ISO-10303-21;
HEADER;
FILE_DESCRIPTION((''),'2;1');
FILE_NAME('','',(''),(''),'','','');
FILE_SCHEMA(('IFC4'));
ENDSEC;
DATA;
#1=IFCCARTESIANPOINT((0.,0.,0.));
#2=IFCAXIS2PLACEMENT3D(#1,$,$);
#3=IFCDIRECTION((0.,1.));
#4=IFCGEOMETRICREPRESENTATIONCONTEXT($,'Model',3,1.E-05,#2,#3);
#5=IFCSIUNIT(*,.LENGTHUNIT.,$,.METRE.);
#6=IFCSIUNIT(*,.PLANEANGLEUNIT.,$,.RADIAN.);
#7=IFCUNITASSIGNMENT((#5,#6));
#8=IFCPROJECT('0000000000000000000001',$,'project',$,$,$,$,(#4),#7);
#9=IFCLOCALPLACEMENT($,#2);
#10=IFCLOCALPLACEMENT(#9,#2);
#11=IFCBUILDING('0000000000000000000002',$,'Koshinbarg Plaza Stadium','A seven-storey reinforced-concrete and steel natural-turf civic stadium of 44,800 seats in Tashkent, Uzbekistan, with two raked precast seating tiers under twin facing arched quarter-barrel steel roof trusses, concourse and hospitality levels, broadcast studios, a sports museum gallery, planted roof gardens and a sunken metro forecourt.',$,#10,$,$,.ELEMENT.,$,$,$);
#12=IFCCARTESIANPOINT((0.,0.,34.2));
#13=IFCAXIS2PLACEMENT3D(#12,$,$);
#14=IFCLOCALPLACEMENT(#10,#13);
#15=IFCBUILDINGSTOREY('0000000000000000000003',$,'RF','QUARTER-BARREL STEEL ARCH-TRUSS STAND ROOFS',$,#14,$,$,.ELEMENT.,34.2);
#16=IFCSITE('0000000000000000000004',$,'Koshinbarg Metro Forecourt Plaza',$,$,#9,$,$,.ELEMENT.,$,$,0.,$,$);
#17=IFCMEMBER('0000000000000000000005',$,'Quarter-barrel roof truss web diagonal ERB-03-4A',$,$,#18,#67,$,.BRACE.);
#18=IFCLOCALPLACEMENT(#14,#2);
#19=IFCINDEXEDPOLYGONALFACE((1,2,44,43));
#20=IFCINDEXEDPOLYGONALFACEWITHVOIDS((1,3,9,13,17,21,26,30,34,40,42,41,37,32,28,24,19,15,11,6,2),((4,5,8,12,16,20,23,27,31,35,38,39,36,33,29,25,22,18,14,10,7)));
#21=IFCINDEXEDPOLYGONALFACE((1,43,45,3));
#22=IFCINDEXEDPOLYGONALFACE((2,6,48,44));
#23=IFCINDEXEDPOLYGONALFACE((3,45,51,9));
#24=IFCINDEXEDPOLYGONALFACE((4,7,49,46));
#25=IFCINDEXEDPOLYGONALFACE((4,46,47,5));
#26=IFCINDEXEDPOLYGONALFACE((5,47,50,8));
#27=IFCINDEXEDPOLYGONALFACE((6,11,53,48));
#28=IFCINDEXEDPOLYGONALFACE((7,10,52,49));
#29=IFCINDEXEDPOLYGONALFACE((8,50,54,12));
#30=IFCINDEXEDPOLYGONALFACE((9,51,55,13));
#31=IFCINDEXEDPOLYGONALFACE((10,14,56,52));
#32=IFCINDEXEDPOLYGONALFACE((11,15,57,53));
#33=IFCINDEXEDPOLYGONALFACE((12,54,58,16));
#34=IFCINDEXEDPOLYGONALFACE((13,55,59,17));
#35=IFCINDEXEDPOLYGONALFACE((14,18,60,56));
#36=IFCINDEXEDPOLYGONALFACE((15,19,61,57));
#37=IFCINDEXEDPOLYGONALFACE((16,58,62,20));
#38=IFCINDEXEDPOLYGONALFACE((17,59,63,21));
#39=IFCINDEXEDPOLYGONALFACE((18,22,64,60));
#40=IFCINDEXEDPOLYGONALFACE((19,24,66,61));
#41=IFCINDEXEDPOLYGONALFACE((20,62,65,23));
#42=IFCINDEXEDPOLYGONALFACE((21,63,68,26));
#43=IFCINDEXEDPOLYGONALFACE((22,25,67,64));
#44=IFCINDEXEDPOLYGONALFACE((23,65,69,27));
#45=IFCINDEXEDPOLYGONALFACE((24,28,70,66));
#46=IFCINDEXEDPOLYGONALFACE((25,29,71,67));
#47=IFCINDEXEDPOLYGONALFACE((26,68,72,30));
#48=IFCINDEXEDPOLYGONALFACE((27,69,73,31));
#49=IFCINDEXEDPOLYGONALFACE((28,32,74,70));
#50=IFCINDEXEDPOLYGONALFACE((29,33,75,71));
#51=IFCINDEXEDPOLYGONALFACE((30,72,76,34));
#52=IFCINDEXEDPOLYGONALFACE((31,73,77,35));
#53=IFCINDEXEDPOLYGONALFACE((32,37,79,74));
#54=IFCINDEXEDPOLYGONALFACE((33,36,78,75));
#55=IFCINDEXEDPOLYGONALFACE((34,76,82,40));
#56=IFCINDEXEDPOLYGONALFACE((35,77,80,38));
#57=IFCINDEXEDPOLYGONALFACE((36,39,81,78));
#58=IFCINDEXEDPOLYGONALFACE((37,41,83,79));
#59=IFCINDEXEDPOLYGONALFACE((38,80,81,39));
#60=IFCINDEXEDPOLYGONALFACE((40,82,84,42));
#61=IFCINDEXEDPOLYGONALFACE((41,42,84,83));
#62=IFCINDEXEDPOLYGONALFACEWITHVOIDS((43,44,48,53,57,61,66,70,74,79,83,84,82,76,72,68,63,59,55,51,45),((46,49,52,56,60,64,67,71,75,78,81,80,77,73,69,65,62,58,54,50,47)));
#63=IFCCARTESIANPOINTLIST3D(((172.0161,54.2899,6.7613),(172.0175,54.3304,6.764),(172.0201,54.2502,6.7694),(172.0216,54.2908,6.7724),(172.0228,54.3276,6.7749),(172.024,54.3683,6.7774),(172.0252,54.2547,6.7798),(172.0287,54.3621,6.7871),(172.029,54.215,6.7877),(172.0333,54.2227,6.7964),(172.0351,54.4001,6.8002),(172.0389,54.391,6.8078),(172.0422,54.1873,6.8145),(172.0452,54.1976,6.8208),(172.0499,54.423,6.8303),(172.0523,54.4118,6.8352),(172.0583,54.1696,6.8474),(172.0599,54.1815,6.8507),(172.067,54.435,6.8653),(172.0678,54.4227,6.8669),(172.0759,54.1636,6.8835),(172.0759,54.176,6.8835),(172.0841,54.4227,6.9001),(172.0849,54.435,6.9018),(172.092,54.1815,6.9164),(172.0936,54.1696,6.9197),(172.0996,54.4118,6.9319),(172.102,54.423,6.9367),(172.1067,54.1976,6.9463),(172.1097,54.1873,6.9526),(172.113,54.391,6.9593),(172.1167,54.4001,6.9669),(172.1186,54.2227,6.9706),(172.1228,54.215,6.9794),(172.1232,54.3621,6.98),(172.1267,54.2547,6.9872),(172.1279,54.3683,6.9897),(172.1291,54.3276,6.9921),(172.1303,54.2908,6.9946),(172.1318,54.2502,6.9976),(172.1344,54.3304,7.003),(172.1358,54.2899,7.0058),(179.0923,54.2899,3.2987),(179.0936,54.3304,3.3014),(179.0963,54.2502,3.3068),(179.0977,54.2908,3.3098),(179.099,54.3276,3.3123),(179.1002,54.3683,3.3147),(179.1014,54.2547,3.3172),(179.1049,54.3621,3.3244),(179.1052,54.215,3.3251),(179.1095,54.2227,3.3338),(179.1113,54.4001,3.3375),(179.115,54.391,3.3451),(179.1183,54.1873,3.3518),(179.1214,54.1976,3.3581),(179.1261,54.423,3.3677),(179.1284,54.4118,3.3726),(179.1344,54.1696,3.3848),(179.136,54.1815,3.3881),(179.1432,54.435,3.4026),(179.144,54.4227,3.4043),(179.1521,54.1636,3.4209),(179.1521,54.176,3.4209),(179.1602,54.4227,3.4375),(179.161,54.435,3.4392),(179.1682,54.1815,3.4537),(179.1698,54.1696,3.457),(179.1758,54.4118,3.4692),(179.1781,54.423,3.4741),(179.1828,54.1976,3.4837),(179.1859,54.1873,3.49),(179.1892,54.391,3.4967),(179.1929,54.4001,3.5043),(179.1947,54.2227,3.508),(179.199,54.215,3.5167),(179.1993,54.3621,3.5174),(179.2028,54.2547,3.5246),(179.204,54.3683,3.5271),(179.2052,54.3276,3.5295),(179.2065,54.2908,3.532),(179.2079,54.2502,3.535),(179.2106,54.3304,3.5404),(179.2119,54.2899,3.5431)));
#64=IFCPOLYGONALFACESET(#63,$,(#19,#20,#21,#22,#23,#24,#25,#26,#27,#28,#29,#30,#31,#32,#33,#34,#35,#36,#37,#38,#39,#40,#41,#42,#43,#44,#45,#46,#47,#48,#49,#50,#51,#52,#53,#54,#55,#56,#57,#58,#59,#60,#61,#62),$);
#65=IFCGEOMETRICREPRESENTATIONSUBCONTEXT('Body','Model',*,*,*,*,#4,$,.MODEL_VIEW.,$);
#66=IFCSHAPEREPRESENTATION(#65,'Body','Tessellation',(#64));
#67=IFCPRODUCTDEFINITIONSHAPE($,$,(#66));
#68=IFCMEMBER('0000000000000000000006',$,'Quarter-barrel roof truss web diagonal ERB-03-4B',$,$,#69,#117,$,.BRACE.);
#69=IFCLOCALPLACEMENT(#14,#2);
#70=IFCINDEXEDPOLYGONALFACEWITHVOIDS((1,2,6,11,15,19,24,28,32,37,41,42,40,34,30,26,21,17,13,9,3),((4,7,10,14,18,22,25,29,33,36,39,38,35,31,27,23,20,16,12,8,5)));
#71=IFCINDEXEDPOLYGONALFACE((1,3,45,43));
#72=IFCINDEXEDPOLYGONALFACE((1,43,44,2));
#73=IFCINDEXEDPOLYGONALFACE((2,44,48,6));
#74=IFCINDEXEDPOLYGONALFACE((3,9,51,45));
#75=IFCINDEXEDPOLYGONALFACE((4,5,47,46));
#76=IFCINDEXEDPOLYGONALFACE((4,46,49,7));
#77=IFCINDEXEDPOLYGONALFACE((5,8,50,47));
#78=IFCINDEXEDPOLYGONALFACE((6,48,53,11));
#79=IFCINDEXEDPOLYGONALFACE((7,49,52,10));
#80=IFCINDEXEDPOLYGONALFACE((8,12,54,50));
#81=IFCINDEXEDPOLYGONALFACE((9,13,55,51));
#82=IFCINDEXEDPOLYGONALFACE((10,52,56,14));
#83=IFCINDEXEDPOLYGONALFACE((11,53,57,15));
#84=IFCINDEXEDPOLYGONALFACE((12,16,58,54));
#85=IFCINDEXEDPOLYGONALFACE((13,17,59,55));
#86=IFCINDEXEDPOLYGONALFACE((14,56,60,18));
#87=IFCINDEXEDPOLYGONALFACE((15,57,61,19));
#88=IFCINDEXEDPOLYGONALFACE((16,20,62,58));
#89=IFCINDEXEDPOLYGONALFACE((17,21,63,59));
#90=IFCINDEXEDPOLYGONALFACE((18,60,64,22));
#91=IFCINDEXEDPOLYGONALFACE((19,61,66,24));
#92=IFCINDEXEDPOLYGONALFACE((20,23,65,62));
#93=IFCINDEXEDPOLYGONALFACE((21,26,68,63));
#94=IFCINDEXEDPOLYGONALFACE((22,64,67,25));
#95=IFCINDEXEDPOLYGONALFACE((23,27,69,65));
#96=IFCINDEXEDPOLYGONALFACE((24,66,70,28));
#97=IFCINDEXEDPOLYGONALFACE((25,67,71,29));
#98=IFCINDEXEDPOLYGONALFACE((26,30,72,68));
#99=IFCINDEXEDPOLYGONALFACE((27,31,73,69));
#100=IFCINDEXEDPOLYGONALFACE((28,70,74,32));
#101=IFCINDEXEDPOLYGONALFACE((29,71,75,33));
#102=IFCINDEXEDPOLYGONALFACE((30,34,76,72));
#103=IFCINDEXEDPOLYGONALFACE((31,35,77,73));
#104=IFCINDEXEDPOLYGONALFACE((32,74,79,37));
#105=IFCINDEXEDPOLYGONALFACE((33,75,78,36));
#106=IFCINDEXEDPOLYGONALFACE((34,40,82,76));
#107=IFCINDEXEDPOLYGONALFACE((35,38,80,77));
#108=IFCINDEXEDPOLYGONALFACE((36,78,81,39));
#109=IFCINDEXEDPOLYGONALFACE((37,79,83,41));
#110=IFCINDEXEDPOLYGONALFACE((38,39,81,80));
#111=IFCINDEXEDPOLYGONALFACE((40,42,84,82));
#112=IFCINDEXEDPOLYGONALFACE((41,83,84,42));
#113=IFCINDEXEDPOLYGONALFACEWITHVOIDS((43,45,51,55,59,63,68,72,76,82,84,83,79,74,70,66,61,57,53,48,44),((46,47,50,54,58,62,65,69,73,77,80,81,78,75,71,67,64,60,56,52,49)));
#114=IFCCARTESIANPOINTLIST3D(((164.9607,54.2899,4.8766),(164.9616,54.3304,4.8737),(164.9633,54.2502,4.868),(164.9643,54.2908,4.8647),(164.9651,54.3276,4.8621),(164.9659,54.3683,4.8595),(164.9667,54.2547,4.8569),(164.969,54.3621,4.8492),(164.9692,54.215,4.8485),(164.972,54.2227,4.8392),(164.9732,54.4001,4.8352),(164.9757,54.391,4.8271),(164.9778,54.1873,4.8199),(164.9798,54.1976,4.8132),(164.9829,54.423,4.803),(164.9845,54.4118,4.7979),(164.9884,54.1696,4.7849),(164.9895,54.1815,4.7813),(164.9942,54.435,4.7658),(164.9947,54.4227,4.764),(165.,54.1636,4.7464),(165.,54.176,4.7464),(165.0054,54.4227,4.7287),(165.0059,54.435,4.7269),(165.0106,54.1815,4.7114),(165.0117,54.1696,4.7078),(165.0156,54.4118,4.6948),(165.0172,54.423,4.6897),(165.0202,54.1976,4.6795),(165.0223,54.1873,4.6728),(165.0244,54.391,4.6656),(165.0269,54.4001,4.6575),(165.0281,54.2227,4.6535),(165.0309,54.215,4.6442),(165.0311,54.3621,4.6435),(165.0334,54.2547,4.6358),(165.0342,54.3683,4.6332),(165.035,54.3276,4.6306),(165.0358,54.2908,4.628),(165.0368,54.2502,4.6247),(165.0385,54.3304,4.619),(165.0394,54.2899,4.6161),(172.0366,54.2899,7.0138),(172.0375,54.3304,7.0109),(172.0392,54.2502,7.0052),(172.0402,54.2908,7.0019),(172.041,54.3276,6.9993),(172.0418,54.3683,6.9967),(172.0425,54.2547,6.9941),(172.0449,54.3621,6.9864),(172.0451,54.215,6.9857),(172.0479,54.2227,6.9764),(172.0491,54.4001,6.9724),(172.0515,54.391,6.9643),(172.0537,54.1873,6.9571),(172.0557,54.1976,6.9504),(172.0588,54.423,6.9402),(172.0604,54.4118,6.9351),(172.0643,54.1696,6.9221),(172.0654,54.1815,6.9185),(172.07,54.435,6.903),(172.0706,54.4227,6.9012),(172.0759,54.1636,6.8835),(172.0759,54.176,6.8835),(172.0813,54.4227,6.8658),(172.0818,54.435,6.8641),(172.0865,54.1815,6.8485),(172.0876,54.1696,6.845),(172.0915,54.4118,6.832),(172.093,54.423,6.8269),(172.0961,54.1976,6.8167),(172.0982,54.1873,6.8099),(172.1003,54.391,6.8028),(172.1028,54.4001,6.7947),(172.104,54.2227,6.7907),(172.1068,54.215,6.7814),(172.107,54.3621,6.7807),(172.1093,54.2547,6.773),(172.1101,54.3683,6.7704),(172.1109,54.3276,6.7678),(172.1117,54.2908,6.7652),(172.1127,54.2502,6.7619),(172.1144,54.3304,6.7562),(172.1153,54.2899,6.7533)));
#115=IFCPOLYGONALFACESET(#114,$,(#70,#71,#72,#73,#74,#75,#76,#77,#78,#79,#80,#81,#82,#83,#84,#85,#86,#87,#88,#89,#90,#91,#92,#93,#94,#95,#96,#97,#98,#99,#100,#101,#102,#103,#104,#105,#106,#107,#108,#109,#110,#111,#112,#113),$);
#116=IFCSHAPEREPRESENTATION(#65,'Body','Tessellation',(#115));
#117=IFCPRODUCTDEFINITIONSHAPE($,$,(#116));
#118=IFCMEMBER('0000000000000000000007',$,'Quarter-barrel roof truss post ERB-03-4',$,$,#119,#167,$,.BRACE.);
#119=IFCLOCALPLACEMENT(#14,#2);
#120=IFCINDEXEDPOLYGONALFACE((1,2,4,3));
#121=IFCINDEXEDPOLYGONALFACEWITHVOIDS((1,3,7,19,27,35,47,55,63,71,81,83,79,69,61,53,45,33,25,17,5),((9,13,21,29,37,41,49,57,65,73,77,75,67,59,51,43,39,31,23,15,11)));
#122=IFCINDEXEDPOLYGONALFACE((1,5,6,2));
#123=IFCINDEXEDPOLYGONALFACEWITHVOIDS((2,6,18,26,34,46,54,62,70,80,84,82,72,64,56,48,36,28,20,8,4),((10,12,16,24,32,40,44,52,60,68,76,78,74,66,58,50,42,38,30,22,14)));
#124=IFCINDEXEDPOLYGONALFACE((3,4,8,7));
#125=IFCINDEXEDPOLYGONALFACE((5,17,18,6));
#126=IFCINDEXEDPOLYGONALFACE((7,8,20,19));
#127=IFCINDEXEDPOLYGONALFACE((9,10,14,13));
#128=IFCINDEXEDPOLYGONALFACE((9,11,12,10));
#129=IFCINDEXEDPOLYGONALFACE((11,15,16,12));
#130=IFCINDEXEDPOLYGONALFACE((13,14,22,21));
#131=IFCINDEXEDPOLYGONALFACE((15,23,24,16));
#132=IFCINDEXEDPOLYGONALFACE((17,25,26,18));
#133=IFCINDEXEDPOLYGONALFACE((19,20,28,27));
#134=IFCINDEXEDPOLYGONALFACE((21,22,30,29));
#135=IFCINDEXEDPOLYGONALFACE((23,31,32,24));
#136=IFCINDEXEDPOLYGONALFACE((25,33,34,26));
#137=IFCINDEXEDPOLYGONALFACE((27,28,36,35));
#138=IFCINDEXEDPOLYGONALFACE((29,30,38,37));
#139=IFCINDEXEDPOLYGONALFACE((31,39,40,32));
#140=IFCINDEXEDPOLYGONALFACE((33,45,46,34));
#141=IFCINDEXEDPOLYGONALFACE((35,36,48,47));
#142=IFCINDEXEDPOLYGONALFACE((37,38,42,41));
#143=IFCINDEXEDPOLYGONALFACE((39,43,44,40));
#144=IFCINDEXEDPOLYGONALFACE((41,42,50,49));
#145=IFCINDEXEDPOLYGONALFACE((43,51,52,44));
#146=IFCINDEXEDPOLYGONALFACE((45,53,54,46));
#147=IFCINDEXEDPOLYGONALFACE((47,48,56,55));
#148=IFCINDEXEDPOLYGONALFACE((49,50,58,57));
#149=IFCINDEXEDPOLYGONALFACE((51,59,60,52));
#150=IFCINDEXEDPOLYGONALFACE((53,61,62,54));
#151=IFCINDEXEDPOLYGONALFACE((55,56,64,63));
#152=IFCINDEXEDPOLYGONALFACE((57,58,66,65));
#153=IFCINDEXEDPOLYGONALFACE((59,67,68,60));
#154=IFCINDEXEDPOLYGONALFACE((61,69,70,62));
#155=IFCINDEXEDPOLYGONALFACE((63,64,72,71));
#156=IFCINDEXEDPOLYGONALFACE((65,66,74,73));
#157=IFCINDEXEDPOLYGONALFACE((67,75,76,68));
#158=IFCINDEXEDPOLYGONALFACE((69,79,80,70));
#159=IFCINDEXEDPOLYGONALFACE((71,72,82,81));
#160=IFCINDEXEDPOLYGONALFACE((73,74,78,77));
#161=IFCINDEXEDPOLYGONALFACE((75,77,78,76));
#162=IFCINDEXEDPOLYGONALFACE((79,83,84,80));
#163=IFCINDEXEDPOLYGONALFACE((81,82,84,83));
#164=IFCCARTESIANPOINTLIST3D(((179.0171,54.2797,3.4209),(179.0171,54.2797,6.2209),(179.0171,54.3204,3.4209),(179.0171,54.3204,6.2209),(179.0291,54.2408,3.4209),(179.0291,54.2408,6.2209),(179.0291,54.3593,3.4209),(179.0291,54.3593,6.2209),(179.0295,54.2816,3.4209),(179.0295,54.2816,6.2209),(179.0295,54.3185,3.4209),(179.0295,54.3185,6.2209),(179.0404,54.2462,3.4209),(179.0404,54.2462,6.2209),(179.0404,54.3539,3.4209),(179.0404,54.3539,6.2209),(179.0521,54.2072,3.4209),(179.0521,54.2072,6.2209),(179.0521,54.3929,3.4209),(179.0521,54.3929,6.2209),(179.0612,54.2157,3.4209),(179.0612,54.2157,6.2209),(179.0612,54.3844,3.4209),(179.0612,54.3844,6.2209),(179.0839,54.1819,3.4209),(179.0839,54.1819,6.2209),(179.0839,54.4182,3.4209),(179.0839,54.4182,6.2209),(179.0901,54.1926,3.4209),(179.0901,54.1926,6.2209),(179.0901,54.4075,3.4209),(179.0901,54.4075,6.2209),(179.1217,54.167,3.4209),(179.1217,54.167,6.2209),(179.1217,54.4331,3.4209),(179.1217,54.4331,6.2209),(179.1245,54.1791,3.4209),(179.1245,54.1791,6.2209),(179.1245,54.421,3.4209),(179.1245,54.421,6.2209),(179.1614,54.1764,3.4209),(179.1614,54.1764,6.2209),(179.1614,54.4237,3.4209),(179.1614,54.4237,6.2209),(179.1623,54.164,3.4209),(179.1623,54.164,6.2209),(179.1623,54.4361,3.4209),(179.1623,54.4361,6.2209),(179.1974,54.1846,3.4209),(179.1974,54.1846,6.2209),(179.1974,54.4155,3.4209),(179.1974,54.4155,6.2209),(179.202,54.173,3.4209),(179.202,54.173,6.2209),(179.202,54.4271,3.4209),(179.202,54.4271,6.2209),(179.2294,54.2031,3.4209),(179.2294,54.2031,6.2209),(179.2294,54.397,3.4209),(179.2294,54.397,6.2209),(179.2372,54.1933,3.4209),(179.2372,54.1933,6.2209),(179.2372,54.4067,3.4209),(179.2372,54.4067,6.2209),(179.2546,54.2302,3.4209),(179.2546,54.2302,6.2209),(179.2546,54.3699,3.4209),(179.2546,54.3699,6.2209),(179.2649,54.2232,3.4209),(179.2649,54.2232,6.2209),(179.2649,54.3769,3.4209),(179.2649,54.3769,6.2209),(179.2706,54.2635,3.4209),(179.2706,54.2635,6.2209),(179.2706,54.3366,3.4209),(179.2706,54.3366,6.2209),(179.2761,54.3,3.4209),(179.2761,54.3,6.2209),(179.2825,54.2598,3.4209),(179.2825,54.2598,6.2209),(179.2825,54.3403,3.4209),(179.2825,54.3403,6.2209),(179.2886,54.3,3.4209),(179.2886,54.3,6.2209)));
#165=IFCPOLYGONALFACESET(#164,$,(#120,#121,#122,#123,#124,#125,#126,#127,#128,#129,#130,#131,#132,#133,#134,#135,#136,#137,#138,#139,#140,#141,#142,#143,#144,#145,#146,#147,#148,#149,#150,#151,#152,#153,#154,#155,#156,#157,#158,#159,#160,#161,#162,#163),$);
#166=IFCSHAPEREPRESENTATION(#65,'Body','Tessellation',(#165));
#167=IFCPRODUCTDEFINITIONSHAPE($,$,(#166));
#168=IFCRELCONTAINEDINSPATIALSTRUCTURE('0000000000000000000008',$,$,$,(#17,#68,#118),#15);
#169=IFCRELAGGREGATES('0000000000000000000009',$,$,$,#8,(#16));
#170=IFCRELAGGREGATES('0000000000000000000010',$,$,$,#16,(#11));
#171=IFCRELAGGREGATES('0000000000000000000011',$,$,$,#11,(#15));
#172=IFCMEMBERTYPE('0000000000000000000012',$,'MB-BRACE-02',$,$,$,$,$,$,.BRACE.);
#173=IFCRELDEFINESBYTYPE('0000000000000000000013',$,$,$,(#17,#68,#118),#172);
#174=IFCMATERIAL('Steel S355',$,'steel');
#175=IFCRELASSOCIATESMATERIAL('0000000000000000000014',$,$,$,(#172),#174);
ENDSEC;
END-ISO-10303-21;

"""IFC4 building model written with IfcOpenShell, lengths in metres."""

from ifc_helpers import new_model, si_unit, direction, frame, origin, origin_2d, place, context, subcontext, project, spatial, hollow_circle, extrude, material, material_profile, profile_set, type_object, element, save


model = new_model("IFC4")

# Units and contexts
model_context = context("Model", 3, precision=1e-05, world=origin(), true_north=direction((0.0, 1.0)))
body_context = subcontext(model_context, "Body", "Model", "MODEL_VIEW")
ifc_project = project(units=[si_unit("LENGTHUNIT", "METRE"), si_unit("PLANEANGLEUNIT", "RADIAN")], contexts=[model_context])

# Site, building, storey
site_placement = place(None, origin())
site = spatial("IfcSite", under=ifc_project, at=site_placement, Name="Koshinbarg Metro Forecourt Plaza", CompositionType="ELEMENT", RefElevation=0.0)
building_placement = place(site_placement, origin())
building = spatial("IfcBuilding", under=site, at=building_placement, Name="Koshinbarg Plaza Stadium", Description="A seven-storey reinforced-concrete and steel natural-turf civic stadium of 44,800 seats in Tashkent, Uzbekistan, with two raked precast seating tiers under twin facing arched quarter-barrel steel roof trusses, concourse and hospitality levels, broadcast studios, a sports museum gallery, planted roof gardens and a sunken metro forecourt.", CompositionType="ELEMENT")
storey_placement = place(building_placement, frame((0.0, 0.0, 34.2)))
storey = spatial("IfcBuildingStorey", under=building, at=storey_placement, Name="RF", Description="QUARTER-BARREL STEEL ARCH-TRUSS STAND ROOFS", CompositionType="ELEMENT", Elevation=34.2)

# Members
ifc_material_1 = material(Name="Steel S355", Category="steel")
ifc_material_profile_1 = material_profile(ifc_material_1, hollow_circle(Radius=0.1365, WallThickness=0.0125, at=origin_2d()), Name="CHS 273x12.5")
ifc_profile_set_1 = profile_set([ifc_material_profile_1], Name="Steel S355")
member_type_1 = type_object("IfcMemberType", Name="MB-BRACE-02", PredefinedType="BRACE", material=ifc_profile_set_1)
member_1_placement = place(storey_placement, frame((179.1521, 54.3, 3.4209), z_axis=(-0.898225, 0.0, 0.439536), x_axis=(0.0, -1.0, 0.0)))
element("IfcMember", 1, at=member_1_placement, inside=storey, type_object=member_type_1, Name="Quarter-barrel roof truss web diagonal ERB-03-4A", PredefinedType="BRACE", context=body_context, shape_type="SweptSolid", body=[
    extrude(hollow_circle(Radius=0.1365, WallThickness=0.0125, at=origin_2d()), origin(), (0.0, 0.0, 1.0), 7.8779),
])
member_2_placement = place(storey_placement, frame((172.0759, 54.3, 6.8835), z_axis=(-0.957287, 0.0, -0.289138), x_axis=(0.0, -1.0, 0.0)))
element("IfcMember", 2, at=member_2_placement, inside=storey, type_object=member_type_1, Name="Quarter-barrel roof truss web diagonal ERB-03-4B", PredefinedType="BRACE", context=body_context, shape_type="SweptSolid", body=[
    extrude(hollow_circle(Radius=0.1365, WallThickness=0.0125, at=origin_2d()), origin(), (0.0, 0.0, 1.0), 7.3916),
])
for number, where, z_axis, x_axis, name in (
    (3, (179.1521, 54.3, 3.4209), (0.0, 0.0, 1.0), (1.0, 0.0, 0.0), "Quarter-barrel roof truss post ERB-03-4"),
):
    element("IfcMember", number, at=place(storey_placement, frame(where, z_axis=z_axis, x_axis=x_axis)), inside=storey, type_object=member_type_1, Name=name, PredefinedType="BRACE", context=body_context, shape_type="SweptSolid", body=[
        extrude(hollow_circle(Radius=0.1365, WallThickness=0.0125, at=origin_2d()), origin(), (0.0, 0.0, 1.0), 2.8),
    ])

save(model, "model.ifc")
